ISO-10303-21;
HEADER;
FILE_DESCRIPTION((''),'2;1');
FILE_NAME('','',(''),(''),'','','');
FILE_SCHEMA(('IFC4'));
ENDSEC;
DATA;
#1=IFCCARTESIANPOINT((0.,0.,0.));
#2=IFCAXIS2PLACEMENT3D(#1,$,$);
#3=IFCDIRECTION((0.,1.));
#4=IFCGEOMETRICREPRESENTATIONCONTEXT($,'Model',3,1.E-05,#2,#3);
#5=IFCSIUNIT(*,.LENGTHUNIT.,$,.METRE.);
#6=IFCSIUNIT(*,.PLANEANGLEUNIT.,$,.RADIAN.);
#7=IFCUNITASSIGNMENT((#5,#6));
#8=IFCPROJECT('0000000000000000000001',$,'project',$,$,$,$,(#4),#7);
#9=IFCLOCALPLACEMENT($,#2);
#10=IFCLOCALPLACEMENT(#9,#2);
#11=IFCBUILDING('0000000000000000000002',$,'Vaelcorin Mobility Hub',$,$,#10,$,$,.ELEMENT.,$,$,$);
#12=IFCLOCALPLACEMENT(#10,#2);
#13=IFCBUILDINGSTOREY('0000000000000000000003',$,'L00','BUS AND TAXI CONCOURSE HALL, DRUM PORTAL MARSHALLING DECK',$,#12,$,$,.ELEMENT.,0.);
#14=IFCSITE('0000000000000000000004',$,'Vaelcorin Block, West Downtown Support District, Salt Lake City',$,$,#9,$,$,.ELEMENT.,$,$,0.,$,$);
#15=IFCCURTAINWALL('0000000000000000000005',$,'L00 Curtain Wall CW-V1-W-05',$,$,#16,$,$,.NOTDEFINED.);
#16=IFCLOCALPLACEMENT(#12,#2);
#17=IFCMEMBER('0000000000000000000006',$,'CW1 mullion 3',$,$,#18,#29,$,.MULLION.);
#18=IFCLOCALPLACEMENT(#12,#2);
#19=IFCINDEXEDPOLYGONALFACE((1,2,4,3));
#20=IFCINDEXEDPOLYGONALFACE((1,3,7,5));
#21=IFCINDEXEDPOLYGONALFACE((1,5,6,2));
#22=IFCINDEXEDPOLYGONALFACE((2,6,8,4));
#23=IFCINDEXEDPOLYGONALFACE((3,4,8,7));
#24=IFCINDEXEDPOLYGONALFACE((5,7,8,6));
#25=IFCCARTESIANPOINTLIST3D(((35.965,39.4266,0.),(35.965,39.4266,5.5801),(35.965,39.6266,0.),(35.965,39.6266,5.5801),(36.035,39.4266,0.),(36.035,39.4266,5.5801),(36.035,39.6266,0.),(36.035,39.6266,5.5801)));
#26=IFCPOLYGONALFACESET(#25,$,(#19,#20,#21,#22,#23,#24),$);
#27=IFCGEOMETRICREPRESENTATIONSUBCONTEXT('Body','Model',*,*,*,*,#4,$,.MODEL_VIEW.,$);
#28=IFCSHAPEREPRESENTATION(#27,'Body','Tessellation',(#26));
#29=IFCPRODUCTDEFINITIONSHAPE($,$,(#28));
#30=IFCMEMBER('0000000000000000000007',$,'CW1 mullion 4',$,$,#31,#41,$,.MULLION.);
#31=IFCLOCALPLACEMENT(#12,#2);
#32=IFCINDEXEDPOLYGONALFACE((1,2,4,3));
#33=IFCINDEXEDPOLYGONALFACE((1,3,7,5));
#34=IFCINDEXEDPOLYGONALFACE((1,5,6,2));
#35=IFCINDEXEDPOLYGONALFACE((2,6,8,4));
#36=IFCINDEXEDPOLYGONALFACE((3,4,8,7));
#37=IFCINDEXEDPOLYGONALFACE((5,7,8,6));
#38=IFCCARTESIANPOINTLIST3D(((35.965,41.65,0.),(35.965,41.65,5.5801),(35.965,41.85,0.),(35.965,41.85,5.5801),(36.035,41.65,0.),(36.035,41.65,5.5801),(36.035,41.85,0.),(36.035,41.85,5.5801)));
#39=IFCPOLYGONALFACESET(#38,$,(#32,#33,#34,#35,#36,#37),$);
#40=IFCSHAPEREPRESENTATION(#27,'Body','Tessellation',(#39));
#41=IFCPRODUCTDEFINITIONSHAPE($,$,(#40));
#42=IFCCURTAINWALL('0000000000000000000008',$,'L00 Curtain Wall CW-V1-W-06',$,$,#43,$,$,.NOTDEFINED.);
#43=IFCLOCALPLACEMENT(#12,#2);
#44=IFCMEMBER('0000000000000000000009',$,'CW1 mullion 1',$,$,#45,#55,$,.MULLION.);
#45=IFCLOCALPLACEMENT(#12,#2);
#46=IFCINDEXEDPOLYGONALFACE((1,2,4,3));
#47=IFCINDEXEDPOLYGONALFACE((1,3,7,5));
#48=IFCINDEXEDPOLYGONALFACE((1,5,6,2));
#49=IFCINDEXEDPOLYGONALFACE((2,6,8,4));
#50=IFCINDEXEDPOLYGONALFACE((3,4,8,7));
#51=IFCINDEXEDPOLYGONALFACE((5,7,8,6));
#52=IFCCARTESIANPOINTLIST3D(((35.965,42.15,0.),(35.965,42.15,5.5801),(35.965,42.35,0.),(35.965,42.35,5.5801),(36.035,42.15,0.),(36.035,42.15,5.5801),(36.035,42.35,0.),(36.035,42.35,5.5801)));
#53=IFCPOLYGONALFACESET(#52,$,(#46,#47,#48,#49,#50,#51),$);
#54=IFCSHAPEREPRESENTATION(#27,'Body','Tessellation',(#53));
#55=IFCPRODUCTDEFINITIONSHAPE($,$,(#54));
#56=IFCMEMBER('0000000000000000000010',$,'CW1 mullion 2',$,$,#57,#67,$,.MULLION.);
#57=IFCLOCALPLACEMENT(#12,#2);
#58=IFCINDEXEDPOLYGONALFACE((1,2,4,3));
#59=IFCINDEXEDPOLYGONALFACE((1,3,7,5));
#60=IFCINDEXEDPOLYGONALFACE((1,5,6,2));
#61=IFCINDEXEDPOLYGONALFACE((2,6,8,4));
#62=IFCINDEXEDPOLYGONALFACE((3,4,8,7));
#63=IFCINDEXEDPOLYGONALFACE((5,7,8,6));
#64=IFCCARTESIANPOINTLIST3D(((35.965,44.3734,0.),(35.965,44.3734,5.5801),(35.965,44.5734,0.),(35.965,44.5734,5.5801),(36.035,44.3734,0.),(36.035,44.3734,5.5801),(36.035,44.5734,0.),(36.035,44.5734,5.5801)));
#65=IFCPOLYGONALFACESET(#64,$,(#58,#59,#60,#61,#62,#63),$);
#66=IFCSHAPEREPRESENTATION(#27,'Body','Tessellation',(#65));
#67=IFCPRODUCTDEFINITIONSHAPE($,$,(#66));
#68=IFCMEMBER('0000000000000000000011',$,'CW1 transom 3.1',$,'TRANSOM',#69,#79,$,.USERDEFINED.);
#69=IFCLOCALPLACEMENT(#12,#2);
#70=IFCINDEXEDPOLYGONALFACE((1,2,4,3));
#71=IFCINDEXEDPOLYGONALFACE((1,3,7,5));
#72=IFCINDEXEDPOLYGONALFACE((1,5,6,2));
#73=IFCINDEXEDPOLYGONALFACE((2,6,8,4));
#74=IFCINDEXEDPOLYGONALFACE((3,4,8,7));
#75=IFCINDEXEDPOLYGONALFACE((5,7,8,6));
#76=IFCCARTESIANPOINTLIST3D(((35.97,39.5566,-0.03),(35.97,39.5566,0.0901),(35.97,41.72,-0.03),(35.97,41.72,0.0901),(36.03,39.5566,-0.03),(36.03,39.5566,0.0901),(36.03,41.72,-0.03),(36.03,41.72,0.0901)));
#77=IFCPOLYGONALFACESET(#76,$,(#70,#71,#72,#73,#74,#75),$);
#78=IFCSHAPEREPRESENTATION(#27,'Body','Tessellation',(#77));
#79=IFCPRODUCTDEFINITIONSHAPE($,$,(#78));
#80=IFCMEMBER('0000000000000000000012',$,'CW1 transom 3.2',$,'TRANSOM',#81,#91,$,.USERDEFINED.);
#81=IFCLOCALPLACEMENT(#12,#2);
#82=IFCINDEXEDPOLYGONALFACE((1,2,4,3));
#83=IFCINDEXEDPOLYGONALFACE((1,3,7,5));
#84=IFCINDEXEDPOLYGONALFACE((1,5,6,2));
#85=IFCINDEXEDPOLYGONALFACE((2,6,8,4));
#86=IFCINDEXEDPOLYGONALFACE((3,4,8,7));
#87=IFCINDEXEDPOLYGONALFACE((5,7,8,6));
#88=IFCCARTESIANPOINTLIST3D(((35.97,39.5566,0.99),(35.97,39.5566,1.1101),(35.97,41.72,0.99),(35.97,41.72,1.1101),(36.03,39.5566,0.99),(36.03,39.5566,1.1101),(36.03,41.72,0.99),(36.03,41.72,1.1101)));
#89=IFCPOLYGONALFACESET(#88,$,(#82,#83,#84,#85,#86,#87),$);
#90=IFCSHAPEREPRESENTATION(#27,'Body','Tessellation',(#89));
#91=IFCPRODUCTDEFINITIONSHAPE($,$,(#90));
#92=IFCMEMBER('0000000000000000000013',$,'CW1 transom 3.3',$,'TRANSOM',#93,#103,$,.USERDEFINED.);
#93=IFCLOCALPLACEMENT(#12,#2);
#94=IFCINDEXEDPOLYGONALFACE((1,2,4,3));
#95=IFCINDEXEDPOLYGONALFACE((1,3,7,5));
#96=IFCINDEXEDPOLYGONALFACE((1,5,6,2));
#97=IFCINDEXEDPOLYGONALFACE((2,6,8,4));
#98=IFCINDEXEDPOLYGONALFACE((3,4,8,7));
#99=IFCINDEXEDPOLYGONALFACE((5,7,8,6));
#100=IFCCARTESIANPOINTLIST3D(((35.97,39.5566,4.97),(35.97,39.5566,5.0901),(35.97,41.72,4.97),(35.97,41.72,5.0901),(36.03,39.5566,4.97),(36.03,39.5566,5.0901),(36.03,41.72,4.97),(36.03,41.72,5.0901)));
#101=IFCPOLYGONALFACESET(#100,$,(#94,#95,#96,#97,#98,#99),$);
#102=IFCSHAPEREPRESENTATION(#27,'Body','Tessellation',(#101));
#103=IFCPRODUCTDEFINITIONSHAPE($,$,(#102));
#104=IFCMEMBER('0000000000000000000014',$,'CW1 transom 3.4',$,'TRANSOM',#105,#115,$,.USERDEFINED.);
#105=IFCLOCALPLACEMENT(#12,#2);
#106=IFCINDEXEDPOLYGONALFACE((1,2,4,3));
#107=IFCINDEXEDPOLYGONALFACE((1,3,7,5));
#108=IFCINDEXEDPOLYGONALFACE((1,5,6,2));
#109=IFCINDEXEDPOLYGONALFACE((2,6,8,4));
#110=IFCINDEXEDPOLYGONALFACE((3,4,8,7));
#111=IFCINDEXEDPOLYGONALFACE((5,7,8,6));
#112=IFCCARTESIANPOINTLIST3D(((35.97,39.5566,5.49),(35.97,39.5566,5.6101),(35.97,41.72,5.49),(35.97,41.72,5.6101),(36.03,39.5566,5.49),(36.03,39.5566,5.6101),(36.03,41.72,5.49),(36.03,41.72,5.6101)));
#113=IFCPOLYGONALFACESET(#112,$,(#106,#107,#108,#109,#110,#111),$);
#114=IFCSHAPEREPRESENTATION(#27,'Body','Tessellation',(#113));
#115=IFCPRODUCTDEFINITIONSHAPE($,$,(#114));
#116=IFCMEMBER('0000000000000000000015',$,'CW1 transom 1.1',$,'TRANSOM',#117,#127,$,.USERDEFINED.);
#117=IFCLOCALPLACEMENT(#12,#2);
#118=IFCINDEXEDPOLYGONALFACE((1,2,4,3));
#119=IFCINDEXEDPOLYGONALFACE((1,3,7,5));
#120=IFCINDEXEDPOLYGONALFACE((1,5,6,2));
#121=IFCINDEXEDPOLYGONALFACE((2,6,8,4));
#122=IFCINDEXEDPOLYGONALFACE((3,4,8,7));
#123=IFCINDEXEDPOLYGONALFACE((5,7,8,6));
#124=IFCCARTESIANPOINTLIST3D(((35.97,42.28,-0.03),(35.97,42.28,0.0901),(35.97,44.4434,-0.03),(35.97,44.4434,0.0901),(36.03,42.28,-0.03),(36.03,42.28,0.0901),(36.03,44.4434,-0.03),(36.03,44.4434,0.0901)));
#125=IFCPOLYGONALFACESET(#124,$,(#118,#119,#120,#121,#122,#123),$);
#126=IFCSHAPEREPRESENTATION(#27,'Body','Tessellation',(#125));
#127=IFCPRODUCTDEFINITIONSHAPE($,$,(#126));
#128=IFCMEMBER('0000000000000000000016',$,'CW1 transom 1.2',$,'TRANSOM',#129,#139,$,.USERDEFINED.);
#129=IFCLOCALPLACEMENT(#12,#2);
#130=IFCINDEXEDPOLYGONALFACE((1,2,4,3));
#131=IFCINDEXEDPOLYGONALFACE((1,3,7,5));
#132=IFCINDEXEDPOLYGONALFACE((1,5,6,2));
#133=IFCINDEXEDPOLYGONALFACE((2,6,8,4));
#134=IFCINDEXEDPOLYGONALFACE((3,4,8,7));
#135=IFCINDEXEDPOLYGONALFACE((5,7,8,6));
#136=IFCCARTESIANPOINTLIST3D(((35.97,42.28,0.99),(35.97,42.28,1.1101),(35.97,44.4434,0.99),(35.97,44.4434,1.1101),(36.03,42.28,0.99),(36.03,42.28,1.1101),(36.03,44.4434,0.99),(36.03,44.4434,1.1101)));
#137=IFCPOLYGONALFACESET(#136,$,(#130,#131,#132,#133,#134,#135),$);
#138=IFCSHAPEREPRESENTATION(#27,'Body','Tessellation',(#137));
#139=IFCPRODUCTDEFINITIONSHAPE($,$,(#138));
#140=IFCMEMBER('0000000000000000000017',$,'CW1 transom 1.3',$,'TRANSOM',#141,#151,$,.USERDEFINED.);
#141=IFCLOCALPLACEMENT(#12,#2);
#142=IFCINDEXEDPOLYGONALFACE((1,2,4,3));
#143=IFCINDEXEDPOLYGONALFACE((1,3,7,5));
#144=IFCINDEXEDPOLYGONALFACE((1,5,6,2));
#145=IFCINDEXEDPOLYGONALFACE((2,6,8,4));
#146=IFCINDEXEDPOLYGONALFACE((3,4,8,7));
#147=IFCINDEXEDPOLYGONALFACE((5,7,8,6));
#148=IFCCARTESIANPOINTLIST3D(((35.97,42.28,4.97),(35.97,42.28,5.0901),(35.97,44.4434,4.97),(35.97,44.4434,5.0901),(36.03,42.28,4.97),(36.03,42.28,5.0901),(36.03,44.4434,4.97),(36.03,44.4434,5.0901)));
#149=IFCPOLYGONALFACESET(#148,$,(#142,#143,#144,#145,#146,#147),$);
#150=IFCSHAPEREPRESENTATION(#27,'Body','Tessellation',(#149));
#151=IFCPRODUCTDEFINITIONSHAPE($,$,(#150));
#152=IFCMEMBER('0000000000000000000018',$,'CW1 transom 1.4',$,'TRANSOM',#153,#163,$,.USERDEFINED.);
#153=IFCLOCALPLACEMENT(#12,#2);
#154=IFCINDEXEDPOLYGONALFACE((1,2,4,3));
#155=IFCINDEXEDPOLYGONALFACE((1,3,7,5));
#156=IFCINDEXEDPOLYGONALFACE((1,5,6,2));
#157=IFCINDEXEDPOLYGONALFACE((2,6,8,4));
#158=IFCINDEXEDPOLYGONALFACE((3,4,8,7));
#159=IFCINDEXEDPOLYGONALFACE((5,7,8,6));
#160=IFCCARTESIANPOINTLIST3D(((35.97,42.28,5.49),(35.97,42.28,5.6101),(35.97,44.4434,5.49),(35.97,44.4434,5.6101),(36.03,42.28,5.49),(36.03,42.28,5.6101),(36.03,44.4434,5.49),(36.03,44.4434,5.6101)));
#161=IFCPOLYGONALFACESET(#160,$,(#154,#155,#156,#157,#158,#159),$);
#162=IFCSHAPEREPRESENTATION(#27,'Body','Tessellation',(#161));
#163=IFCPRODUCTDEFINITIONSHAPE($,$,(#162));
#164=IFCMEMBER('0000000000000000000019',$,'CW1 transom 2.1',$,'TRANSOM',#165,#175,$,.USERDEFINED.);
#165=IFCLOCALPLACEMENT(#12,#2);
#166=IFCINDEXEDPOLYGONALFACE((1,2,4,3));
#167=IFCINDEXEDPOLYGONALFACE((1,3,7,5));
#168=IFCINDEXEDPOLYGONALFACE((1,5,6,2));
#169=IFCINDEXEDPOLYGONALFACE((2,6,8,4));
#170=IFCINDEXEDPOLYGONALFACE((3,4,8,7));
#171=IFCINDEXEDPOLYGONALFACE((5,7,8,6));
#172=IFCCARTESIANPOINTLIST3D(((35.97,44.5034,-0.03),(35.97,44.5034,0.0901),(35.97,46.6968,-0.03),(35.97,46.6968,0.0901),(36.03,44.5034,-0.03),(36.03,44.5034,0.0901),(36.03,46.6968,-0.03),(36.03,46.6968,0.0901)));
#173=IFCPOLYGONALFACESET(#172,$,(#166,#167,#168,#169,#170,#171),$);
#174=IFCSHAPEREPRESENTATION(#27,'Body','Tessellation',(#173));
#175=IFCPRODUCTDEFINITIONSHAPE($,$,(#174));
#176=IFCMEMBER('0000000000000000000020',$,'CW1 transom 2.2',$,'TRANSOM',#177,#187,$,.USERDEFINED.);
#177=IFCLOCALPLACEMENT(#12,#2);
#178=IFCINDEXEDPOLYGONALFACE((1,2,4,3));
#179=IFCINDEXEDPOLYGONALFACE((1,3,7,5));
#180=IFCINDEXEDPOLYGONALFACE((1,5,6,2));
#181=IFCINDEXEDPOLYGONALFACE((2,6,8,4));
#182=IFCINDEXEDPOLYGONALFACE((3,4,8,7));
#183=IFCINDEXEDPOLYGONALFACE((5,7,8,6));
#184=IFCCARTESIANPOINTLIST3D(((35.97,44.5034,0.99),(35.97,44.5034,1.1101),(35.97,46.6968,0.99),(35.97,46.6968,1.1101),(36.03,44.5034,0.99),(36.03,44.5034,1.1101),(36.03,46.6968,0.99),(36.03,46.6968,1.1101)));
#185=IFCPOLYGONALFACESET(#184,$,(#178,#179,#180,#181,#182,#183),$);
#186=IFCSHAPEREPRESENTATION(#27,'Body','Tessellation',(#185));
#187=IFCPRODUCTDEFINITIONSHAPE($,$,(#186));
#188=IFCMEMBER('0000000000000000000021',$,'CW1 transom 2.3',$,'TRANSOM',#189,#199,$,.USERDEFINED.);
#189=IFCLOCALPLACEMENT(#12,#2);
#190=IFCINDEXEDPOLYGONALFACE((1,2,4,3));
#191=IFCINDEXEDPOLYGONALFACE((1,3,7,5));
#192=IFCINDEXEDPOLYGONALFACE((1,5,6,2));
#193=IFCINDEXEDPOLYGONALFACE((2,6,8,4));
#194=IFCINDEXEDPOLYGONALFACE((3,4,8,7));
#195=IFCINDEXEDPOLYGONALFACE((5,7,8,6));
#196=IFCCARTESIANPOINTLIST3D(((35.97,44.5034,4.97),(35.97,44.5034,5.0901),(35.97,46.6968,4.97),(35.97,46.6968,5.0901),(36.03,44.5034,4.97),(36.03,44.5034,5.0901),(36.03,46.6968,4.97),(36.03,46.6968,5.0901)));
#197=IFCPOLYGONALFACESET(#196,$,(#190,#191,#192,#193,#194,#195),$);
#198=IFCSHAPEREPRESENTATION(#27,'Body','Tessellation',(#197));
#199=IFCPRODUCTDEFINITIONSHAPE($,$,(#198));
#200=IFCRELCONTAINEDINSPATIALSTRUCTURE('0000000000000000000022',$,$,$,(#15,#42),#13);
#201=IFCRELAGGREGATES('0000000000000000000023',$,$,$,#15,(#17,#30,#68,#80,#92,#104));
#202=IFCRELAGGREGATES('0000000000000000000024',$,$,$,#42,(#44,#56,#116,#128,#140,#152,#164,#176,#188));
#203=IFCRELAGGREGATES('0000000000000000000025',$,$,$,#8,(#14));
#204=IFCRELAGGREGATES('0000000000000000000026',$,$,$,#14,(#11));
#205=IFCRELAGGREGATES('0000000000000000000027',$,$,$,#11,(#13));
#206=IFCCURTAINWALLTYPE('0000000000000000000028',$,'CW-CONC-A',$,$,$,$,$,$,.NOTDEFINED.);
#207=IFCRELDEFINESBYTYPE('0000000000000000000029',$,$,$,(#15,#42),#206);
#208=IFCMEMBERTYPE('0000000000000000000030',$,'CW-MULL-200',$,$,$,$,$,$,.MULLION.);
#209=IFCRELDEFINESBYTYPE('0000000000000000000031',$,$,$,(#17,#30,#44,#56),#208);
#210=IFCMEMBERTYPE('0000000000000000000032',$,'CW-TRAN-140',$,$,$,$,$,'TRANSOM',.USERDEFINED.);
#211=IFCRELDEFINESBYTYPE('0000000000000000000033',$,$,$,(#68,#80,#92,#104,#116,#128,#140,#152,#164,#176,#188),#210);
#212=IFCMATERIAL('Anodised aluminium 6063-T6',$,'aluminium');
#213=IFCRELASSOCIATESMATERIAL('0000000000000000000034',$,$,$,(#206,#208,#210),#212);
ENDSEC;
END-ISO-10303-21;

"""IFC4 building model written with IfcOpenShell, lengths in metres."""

from ifc_helpers import new_model, si_unit, direction, frame, origin, origin_2d, place, context, subcontext, project, spatial, rectangle, extrude, material, material_profile, profile_set, type_object, element, aggregate, save


model = new_model("IFC4")

# Units and contexts
model_context = context("Model", 3, precision=1e-05, world=origin(), true_north=direction((0.0, 1.0)))
body_context = subcontext(model_context, "Body", "Model", "MODEL_VIEW")
ifc_project = project(units=[si_unit("LENGTHUNIT", "METRE"), si_unit("PLANEANGLEUNIT", "RADIAN")], contexts=[model_context])

# Site, building, storey
site_placement = place(None, origin())
site = spatial("IfcSite", under=ifc_project, at=site_placement, Name="Vaelcorin Block, West Downtown Support District, Salt Lake City", CompositionType="ELEMENT", RefElevation=0.0)
building_placement = place(site_placement, origin())
building = spatial("IfcBuilding", under=site, at=building_placement, Name="Vaelcorin Mobility Hub", CompositionType="ELEMENT")
storey_placement = place(building_placement, origin())
storey = spatial("IfcBuildingStorey", under=building, at=storey_placement, Name="L00", Description="BUS AND TAXI CONCOURSE HALL, DRUM PORTAL MARSHALLING DECK", CompositionType="ELEMENT", Elevation=0.0)

# Curtain walls, members
ifc_material_1 = material(Name="Anodised aluminium 6063-T6", Category="aluminium")
curtain_wall_type = type_object("IfcCurtainWallType", Name="CW-CONC-A", PredefinedType="NOTDEFINED", material=ifc_material_1)
curtain_wall_1_placement = place(storey_placement, origin())
curtain_wall_1 = element("IfcCurtainWall", 1, at=curtain_wall_1_placement, inside=storey, type_object=curtain_wall_type, Name="L00 Curtain Wall CW-V1-W-05", PredefinedType="NOTDEFINED")
ifc_material_profile_1 = material_profile(ifc_material_1, rectangle(XDim=0.0701, YDim=0.2, at=origin_2d()), Name="ALU-M70X200")
ifc_profile_set_1 = profile_set([ifc_material_profile_1], Name="Anodised aluminium 6063-T6")
member_type_1 = type_object("IfcMemberType", Name="CW-MULL-200", PredefinedType="MULLION", material=ifc_profile_set_1)
member_1_placement = place(storey_placement, frame((36.0, 39.5266, 0.0), z_axis=(0.0, 0.0, 1.0), x_axis=(-1.0, 0.0, 0.0)))
member_1 = element("IfcMember", 2, at=member_1_placement, type_object=member_type_1, Name="CW1 mullion 3", PredefinedType="MULLION", context=body_context, shape_type="SweptSolid", body=[
    extrude(rectangle(XDim=0.0701, YDim=0.2, at=origin_2d()), origin(), (0.0, 0.0, 1.0), 5.5801),
])
member_2_placement = place(storey_placement, frame((36.0, 41.75, 0.0), z_axis=(0.0, 0.0, 1.0), x_axis=(-1.0, 0.0, 0.0)))
member_2 = element("IfcMember", 3, at=member_2_placement, type_object=member_type_1, Name="CW1 mullion 4", PredefinedType="MULLION", context=body_context, shape_type="SweptSolid", body=[
    extrude(rectangle(XDim=0.0701, YDim=0.2, at=origin_2d()), origin(), (0.0, 0.0, 1.0), 5.5801),
])
curtain_wall_2_placement = place(storey_placement, origin())
curtain_wall_2 = element("IfcCurtainWall", 4, at=curtain_wall_2_placement, inside=storey, type_object=curtain_wall_type, Name="L00 Curtain Wall CW-V1-W-06", PredefinedType="NOTDEFINED")
member_3_placement = place(storey_placement, frame((36.0, 42.25, 0.0), z_axis=(0.0, 0.0, 1.0), x_axis=(-1.0, 0.0, 0.0)))
member_3 = element("IfcMember", 5, at=member_3_placement, type_object=member_type_1, Name="CW1 mullion 1", PredefinedType="MULLION", context=body_context, shape_type="SweptSolid", body=[
    extrude(rectangle(XDim=0.0701, YDim=0.2, at=origin_2d()), origin(), (0.0, 0.0, 1.0), 5.5801),
])
member_4_placement = place(storey_placement, frame((36.0, 44.4734, 0.0), z_axis=(0.0, 0.0, 1.0), x_axis=(-1.0, 0.0, 0.0)))
member_4 = element("IfcMember", 6, at=member_4_placement, type_object=member_type_1, Name="CW1 mullion 2", PredefinedType="MULLION", context=body_context, shape_type="SweptSolid", body=[
    extrude(rectangle(XDim=0.0701, YDim=0.2, at=origin_2d()), origin(), (0.0, 0.0, 1.0), 5.5801),
])

# Members
ifc_material_profile_2 = material_profile(ifc_material_1, rectangle(XDim=0.0601, YDim=0.1201, at=origin_2d()), Name="ALU-T60X120")
ifc_profile_set_2 = profile_set([ifc_material_profile_2], Name="Anodised aluminium 6063-T6")
member_type_2 = type_object("IfcMemberType", Name="CW-TRAN-140", ElementType="TRANSOM", PredefinedType="USERDEFINED", material=ifc_profile_set_2)
member_5_placement = place(storey_placement, frame((36.0, 39.5566, 0.03), z_axis=(0.0, 1.0, 0.0), x_axis=(-1.0, 0.0, 0.0)))
member_5 = element("IfcMember", 7, at=member_5_placement, type_object=member_type_2, Name="CW1 transom 3.1", ObjectType="TRANSOM", PredefinedType="USERDEFINED", context=body_context, shape_type="SweptSolid", body=[
    extrude(rectangle(XDim=0.0601, YDim=0.1201, at=origin_2d()), origin(), (0.0, 0.0, 1.0), 2.1633),
])
member_6_placement = place(storey_placement, frame((36.0, 39.5566, 1.05), z_axis=(0.0, 1.0, 0.0), x_axis=(-1.0, 0.0, 0.0)))
member_6 = element("IfcMember", 8, at=member_6_placement, type_object=member_type_2, Name="CW1 transom 3.2", ObjectType="TRANSOM", PredefinedType="USERDEFINED", context=body_context, shape_type="SweptSolid", body=[
    extrude(rectangle(XDim=0.0601, YDim=0.1201, at=origin_2d()), origin(), (0.0, 0.0, 1.0), 2.1633),
])
member_7_placement = place(storey_placement, frame((36.0, 39.5566, 5.03), z_axis=(0.0, 1.0, 0.0), x_axis=(-1.0, 0.0, 0.0)))
member_7 = element("IfcMember", 9, at=member_7_placement, type_object=member_type_2, Name="CW1 transom 3.3", ObjectType="TRANSOM", PredefinedType="USERDEFINED", context=body_context, shape_type="SweptSolid", body=[
    extrude(rectangle(XDim=0.0601, YDim=0.1201, at=origin_2d()), origin(), (0.0, 0.0, 1.0), 2.1633),
])
member_8_placement = place(storey_placement, frame((36.0, 39.5566, 5.55), z_axis=(0.0, 1.0, 0.0), x_axis=(-1.0, 0.0, 0.0)))
member_8 = element("IfcMember", 10, at=member_8_placement, type_object=member_type_2, Name="CW1 transom 3.4", ObjectType="TRANSOM", PredefinedType="USERDEFINED", context=body_context, shape_type="SweptSolid", body=[
    extrude(rectangle(XDim=0.0601, YDim=0.1201, at=origin_2d()), origin(), (0.0, 0.0, 1.0), 2.1633),
])
member_9_placement = place(storey_placement, frame((36.0, 42.28, 0.03), z_axis=(0.0, 1.0, 0.0), x_axis=(-1.0, 0.0, 0.0)))
member_9 = element("IfcMember", 11, at=member_9_placement, type_object=member_type_2, Name="CW1 transom 1.1", ObjectType="TRANSOM", PredefinedType="USERDEFINED", context=body_context, shape_type="SweptSolid", body=[
    extrude(rectangle(XDim=0.0601, YDim=0.1201, at=origin_2d()), origin(), (0.0, 0.0, 1.0), 2.1633),
])
member_10_placement = place(storey_placement, frame((36.0, 42.28, 1.05), z_axis=(0.0, 1.0, 0.0), x_axis=(-1.0, 0.0, 0.0)))
member_10 = element("IfcMember", 12, at=member_10_placement, type_object=member_type_2, Name="CW1 transom 1.2", ObjectType="TRANSOM", PredefinedType="USERDEFINED", context=body_context, shape_type="SweptSolid", body=[
    extrude(rectangle(XDim=0.0601, YDim=0.1201, at=origin_2d()), origin(), (0.0, 0.0, 1.0), 2.1633),
])
member_11_placement = place(storey_placement, frame((36.0, 42.28, 5.03), z_axis=(0.0, 1.0, 0.0), x_axis=(-1.0, 0.0, 0.0)))
member_11 = element("IfcMember", 13, at=member_11_placement, type_object=member_type_2, Name="CW1 transom 1.3", ObjectType="TRANSOM", PredefinedType="USERDEFINED", context=body_context, shape_type="SweptSolid", body=[
    extrude(rectangle(XDim=0.0601, YDim=0.1201, at=origin_2d()), origin(), (0.0, 0.0, 1.0), 2.1633),
])
member_12_placement = place(storey_placement, frame((36.0, 42.28, 5.55), z_axis=(0.0, 1.0, 0.0), x_axis=(-1.0, 0.0, 0.0)))
member_12 = element("IfcMember", 14, at=member_12_placement, type_object=member_type_2, Name="CW1 transom 1.4", ObjectType="TRANSOM", PredefinedType="USERDEFINED", context=body_context, shape_type="SweptSolid", body=[
    extrude(rectangle(XDim=0.0601, YDim=0.1201, at=origin_2d()), origin(), (0.0, 0.0, 1.0), 2.1633),
])
member_13_placement = place(storey_placement, frame((36.0, 44.5034, 0.03), z_axis=(0.0, 1.0, 0.0), x_axis=(-1.0, 0.0, 0.0)))
member_13 = element("IfcMember", 15, at=member_13_placement, type_object=member_type_2, Name="CW1 transom 2.1", ObjectType="TRANSOM", PredefinedType="USERDEFINED", context=body_context, shape_type="SweptSolid", body=[
    extrude(rectangle(XDim=0.0601, YDim=0.1201, at=origin_2d()), origin(), (0.0, 0.0, 1.0), 2.1934),
])
member_14_placement = place(storey_placement, frame((36.0, 44.5034, 1.05), z_axis=(0.0, 1.0, 0.0), x_axis=(-1.0, 0.0, 0.0)))
member_14 = element("IfcMember", 16, at=member_14_placement, type_object=member_type_2, Name="CW1 transom 2.2", ObjectType="TRANSOM", PredefinedType="USERDEFINED", context=body_context, shape_type="SweptSolid", body=[
    extrude(rectangle(XDim=0.0601, YDim=0.1201, at=origin_2d()), origin(), (0.0, 0.0, 1.0), 2.1934),
])
member_15_placement = place(storey_placement, frame((36.0, 44.5034, 5.03), z_axis=(0.0, 1.0, 0.0), x_axis=(-1.0, 0.0, 0.0)))
member_15 = element("IfcMember", 17, at=member_15_placement, type_object=member_type_2, Name="CW1 transom 2.3", ObjectType="TRANSOM", PredefinedType="USERDEFINED", context=body_context, shape_type="SweptSolid", body=[
    extrude(rectangle(XDim=0.0601, YDim=0.1201, at=origin_2d()), origin(), (0.0, 0.0, 1.0), 2.1934),
])

aggregate(curtain_wall_1, [member_1, member_2, member_5, member_6, member_7, member_8])
aggregate(curtain_wall_2, [member_3, member_4, member_9, member_10, member_11, member_12, member_13, member_14, member_15])

save(model, "model.ifc")
